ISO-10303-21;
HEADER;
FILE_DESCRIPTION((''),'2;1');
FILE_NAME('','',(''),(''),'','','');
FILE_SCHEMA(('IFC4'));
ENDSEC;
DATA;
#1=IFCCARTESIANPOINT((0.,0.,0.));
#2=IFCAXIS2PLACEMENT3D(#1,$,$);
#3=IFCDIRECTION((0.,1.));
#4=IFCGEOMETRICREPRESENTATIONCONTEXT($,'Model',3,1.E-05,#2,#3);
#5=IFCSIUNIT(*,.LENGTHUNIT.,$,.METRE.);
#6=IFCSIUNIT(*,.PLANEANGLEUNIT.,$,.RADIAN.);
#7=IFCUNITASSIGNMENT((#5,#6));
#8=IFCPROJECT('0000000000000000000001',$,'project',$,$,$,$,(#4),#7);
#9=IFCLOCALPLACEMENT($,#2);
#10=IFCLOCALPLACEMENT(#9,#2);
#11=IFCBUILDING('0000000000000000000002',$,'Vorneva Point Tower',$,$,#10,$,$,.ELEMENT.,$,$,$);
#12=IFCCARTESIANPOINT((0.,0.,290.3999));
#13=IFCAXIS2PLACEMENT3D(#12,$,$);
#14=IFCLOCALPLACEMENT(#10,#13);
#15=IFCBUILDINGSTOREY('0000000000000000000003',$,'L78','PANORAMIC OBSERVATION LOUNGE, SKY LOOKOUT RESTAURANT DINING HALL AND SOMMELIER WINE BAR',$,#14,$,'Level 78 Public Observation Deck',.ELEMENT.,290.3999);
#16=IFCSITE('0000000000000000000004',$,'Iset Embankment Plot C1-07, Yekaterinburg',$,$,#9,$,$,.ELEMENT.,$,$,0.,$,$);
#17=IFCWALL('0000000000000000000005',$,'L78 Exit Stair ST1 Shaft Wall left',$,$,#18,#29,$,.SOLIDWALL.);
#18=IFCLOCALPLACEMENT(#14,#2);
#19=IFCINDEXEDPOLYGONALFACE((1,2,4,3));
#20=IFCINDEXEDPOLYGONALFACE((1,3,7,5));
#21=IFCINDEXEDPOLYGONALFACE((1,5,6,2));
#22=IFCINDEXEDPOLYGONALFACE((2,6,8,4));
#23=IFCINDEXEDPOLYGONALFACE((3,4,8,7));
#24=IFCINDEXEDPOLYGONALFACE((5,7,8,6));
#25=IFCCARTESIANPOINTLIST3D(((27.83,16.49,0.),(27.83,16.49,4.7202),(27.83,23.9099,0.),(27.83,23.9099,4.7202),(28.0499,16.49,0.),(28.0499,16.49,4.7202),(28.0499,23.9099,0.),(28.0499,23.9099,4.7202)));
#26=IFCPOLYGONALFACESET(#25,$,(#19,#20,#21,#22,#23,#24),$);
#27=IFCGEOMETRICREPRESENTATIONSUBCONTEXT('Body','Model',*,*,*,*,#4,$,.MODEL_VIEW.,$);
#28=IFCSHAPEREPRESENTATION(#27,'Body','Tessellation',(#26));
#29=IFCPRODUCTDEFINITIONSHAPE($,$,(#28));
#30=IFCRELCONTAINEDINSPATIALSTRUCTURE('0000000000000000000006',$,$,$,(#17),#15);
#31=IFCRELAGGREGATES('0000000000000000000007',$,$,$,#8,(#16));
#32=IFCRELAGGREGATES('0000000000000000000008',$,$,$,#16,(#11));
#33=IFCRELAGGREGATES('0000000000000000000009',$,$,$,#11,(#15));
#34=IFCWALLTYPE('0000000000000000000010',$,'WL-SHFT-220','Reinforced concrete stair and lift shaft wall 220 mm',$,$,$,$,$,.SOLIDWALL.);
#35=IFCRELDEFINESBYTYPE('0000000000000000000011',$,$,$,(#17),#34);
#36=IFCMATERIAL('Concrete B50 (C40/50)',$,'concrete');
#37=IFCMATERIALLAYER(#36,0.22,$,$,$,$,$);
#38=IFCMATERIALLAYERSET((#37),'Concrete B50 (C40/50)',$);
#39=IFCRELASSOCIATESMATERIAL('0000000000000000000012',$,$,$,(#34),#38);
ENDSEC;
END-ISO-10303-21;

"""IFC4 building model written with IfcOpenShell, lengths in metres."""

from ifc_helpers import new_model, si_unit, direction, frame, frame_2d, origin, place, context, subcontext, project, spatial, rectangle, extrude, material, layer, layer_set, type_object, element, save


model = new_model("IFC4")

# Units and contexts
model_context = context("Model", 3, precision=1e-05, world=origin(), true_north=direction((0.0, 1.0)))
body_context = subcontext(model_context, "Body", "Model", "MODEL_VIEW")
ifc_project = project(units=[si_unit("LENGTHUNIT", "METRE"), si_unit("PLANEANGLEUNIT", "RADIAN")], contexts=[model_context])

# Site, building, storey
site_placement = place(None, origin())
site = spatial("IfcSite", under=ifc_project, at=site_placement, Name="Iset Embankment Plot C1-07, Yekaterinburg", CompositionType="ELEMENT", RefElevation=0.0)
building_placement = place(site_placement, origin())
building = spatial("IfcBuilding", under=site, at=building_placement, Name="Vorneva Point Tower", CompositionType="ELEMENT")
storey_placement = place(building_placement, frame((0.0, 0.0, 290.3999)))
storey = spatial("IfcBuildingStorey", under=building, at=storey_placement, Name="L78", Description="PANORAMIC OBSERVATION LOUNGE, SKY LOOKOUT RESTAURANT DINING HALL AND SOMMELIER WINE BAR", LongName="Level 78 Public Observation Deck", CompositionType="ELEMENT", Elevation=290.3999)

# Shared definitions
ifc_material_1 = material(Name="Concrete B50 (C40/50)", Category="concrete")

# Wall
ifc_layer_1 = layer(ifc_material_1, 0.22)
ifc_layer_set_1 = layer_set([ifc_layer_1], Name="Concrete B50 (C40/50)")
wall_type_1 = type_object("IfcWallType", Name="WL-SHFT-220", Description="Reinforced concrete stair and lift shaft wall 220 mm", PredefinedType="SOLIDWALL", material=ifc_layer_set_1)
wall_1_placement = place(storey_placement, frame((27.9399, 16.49, 0.0), z_axis=(0.0, 0.0, 1.0), x_axis=(0.0, 1.0, 0.0)))
element("IfcWall", 1, at=wall_1_placement, inside=storey, type_object=wall_type_1, Name="L78 Exit Stair ST1 Shaft Wall left", PredefinedType="SOLIDWALL", context=body_context, shape_type="SweptSolid", body=[
    extrude(rectangle(XDim=7.4199, YDim=0.22, at=frame_2d((3.71, 0.0))), origin(), (0.0, 0.0, 1.0), 4.7202),
])

save(model, "model.ifc")
